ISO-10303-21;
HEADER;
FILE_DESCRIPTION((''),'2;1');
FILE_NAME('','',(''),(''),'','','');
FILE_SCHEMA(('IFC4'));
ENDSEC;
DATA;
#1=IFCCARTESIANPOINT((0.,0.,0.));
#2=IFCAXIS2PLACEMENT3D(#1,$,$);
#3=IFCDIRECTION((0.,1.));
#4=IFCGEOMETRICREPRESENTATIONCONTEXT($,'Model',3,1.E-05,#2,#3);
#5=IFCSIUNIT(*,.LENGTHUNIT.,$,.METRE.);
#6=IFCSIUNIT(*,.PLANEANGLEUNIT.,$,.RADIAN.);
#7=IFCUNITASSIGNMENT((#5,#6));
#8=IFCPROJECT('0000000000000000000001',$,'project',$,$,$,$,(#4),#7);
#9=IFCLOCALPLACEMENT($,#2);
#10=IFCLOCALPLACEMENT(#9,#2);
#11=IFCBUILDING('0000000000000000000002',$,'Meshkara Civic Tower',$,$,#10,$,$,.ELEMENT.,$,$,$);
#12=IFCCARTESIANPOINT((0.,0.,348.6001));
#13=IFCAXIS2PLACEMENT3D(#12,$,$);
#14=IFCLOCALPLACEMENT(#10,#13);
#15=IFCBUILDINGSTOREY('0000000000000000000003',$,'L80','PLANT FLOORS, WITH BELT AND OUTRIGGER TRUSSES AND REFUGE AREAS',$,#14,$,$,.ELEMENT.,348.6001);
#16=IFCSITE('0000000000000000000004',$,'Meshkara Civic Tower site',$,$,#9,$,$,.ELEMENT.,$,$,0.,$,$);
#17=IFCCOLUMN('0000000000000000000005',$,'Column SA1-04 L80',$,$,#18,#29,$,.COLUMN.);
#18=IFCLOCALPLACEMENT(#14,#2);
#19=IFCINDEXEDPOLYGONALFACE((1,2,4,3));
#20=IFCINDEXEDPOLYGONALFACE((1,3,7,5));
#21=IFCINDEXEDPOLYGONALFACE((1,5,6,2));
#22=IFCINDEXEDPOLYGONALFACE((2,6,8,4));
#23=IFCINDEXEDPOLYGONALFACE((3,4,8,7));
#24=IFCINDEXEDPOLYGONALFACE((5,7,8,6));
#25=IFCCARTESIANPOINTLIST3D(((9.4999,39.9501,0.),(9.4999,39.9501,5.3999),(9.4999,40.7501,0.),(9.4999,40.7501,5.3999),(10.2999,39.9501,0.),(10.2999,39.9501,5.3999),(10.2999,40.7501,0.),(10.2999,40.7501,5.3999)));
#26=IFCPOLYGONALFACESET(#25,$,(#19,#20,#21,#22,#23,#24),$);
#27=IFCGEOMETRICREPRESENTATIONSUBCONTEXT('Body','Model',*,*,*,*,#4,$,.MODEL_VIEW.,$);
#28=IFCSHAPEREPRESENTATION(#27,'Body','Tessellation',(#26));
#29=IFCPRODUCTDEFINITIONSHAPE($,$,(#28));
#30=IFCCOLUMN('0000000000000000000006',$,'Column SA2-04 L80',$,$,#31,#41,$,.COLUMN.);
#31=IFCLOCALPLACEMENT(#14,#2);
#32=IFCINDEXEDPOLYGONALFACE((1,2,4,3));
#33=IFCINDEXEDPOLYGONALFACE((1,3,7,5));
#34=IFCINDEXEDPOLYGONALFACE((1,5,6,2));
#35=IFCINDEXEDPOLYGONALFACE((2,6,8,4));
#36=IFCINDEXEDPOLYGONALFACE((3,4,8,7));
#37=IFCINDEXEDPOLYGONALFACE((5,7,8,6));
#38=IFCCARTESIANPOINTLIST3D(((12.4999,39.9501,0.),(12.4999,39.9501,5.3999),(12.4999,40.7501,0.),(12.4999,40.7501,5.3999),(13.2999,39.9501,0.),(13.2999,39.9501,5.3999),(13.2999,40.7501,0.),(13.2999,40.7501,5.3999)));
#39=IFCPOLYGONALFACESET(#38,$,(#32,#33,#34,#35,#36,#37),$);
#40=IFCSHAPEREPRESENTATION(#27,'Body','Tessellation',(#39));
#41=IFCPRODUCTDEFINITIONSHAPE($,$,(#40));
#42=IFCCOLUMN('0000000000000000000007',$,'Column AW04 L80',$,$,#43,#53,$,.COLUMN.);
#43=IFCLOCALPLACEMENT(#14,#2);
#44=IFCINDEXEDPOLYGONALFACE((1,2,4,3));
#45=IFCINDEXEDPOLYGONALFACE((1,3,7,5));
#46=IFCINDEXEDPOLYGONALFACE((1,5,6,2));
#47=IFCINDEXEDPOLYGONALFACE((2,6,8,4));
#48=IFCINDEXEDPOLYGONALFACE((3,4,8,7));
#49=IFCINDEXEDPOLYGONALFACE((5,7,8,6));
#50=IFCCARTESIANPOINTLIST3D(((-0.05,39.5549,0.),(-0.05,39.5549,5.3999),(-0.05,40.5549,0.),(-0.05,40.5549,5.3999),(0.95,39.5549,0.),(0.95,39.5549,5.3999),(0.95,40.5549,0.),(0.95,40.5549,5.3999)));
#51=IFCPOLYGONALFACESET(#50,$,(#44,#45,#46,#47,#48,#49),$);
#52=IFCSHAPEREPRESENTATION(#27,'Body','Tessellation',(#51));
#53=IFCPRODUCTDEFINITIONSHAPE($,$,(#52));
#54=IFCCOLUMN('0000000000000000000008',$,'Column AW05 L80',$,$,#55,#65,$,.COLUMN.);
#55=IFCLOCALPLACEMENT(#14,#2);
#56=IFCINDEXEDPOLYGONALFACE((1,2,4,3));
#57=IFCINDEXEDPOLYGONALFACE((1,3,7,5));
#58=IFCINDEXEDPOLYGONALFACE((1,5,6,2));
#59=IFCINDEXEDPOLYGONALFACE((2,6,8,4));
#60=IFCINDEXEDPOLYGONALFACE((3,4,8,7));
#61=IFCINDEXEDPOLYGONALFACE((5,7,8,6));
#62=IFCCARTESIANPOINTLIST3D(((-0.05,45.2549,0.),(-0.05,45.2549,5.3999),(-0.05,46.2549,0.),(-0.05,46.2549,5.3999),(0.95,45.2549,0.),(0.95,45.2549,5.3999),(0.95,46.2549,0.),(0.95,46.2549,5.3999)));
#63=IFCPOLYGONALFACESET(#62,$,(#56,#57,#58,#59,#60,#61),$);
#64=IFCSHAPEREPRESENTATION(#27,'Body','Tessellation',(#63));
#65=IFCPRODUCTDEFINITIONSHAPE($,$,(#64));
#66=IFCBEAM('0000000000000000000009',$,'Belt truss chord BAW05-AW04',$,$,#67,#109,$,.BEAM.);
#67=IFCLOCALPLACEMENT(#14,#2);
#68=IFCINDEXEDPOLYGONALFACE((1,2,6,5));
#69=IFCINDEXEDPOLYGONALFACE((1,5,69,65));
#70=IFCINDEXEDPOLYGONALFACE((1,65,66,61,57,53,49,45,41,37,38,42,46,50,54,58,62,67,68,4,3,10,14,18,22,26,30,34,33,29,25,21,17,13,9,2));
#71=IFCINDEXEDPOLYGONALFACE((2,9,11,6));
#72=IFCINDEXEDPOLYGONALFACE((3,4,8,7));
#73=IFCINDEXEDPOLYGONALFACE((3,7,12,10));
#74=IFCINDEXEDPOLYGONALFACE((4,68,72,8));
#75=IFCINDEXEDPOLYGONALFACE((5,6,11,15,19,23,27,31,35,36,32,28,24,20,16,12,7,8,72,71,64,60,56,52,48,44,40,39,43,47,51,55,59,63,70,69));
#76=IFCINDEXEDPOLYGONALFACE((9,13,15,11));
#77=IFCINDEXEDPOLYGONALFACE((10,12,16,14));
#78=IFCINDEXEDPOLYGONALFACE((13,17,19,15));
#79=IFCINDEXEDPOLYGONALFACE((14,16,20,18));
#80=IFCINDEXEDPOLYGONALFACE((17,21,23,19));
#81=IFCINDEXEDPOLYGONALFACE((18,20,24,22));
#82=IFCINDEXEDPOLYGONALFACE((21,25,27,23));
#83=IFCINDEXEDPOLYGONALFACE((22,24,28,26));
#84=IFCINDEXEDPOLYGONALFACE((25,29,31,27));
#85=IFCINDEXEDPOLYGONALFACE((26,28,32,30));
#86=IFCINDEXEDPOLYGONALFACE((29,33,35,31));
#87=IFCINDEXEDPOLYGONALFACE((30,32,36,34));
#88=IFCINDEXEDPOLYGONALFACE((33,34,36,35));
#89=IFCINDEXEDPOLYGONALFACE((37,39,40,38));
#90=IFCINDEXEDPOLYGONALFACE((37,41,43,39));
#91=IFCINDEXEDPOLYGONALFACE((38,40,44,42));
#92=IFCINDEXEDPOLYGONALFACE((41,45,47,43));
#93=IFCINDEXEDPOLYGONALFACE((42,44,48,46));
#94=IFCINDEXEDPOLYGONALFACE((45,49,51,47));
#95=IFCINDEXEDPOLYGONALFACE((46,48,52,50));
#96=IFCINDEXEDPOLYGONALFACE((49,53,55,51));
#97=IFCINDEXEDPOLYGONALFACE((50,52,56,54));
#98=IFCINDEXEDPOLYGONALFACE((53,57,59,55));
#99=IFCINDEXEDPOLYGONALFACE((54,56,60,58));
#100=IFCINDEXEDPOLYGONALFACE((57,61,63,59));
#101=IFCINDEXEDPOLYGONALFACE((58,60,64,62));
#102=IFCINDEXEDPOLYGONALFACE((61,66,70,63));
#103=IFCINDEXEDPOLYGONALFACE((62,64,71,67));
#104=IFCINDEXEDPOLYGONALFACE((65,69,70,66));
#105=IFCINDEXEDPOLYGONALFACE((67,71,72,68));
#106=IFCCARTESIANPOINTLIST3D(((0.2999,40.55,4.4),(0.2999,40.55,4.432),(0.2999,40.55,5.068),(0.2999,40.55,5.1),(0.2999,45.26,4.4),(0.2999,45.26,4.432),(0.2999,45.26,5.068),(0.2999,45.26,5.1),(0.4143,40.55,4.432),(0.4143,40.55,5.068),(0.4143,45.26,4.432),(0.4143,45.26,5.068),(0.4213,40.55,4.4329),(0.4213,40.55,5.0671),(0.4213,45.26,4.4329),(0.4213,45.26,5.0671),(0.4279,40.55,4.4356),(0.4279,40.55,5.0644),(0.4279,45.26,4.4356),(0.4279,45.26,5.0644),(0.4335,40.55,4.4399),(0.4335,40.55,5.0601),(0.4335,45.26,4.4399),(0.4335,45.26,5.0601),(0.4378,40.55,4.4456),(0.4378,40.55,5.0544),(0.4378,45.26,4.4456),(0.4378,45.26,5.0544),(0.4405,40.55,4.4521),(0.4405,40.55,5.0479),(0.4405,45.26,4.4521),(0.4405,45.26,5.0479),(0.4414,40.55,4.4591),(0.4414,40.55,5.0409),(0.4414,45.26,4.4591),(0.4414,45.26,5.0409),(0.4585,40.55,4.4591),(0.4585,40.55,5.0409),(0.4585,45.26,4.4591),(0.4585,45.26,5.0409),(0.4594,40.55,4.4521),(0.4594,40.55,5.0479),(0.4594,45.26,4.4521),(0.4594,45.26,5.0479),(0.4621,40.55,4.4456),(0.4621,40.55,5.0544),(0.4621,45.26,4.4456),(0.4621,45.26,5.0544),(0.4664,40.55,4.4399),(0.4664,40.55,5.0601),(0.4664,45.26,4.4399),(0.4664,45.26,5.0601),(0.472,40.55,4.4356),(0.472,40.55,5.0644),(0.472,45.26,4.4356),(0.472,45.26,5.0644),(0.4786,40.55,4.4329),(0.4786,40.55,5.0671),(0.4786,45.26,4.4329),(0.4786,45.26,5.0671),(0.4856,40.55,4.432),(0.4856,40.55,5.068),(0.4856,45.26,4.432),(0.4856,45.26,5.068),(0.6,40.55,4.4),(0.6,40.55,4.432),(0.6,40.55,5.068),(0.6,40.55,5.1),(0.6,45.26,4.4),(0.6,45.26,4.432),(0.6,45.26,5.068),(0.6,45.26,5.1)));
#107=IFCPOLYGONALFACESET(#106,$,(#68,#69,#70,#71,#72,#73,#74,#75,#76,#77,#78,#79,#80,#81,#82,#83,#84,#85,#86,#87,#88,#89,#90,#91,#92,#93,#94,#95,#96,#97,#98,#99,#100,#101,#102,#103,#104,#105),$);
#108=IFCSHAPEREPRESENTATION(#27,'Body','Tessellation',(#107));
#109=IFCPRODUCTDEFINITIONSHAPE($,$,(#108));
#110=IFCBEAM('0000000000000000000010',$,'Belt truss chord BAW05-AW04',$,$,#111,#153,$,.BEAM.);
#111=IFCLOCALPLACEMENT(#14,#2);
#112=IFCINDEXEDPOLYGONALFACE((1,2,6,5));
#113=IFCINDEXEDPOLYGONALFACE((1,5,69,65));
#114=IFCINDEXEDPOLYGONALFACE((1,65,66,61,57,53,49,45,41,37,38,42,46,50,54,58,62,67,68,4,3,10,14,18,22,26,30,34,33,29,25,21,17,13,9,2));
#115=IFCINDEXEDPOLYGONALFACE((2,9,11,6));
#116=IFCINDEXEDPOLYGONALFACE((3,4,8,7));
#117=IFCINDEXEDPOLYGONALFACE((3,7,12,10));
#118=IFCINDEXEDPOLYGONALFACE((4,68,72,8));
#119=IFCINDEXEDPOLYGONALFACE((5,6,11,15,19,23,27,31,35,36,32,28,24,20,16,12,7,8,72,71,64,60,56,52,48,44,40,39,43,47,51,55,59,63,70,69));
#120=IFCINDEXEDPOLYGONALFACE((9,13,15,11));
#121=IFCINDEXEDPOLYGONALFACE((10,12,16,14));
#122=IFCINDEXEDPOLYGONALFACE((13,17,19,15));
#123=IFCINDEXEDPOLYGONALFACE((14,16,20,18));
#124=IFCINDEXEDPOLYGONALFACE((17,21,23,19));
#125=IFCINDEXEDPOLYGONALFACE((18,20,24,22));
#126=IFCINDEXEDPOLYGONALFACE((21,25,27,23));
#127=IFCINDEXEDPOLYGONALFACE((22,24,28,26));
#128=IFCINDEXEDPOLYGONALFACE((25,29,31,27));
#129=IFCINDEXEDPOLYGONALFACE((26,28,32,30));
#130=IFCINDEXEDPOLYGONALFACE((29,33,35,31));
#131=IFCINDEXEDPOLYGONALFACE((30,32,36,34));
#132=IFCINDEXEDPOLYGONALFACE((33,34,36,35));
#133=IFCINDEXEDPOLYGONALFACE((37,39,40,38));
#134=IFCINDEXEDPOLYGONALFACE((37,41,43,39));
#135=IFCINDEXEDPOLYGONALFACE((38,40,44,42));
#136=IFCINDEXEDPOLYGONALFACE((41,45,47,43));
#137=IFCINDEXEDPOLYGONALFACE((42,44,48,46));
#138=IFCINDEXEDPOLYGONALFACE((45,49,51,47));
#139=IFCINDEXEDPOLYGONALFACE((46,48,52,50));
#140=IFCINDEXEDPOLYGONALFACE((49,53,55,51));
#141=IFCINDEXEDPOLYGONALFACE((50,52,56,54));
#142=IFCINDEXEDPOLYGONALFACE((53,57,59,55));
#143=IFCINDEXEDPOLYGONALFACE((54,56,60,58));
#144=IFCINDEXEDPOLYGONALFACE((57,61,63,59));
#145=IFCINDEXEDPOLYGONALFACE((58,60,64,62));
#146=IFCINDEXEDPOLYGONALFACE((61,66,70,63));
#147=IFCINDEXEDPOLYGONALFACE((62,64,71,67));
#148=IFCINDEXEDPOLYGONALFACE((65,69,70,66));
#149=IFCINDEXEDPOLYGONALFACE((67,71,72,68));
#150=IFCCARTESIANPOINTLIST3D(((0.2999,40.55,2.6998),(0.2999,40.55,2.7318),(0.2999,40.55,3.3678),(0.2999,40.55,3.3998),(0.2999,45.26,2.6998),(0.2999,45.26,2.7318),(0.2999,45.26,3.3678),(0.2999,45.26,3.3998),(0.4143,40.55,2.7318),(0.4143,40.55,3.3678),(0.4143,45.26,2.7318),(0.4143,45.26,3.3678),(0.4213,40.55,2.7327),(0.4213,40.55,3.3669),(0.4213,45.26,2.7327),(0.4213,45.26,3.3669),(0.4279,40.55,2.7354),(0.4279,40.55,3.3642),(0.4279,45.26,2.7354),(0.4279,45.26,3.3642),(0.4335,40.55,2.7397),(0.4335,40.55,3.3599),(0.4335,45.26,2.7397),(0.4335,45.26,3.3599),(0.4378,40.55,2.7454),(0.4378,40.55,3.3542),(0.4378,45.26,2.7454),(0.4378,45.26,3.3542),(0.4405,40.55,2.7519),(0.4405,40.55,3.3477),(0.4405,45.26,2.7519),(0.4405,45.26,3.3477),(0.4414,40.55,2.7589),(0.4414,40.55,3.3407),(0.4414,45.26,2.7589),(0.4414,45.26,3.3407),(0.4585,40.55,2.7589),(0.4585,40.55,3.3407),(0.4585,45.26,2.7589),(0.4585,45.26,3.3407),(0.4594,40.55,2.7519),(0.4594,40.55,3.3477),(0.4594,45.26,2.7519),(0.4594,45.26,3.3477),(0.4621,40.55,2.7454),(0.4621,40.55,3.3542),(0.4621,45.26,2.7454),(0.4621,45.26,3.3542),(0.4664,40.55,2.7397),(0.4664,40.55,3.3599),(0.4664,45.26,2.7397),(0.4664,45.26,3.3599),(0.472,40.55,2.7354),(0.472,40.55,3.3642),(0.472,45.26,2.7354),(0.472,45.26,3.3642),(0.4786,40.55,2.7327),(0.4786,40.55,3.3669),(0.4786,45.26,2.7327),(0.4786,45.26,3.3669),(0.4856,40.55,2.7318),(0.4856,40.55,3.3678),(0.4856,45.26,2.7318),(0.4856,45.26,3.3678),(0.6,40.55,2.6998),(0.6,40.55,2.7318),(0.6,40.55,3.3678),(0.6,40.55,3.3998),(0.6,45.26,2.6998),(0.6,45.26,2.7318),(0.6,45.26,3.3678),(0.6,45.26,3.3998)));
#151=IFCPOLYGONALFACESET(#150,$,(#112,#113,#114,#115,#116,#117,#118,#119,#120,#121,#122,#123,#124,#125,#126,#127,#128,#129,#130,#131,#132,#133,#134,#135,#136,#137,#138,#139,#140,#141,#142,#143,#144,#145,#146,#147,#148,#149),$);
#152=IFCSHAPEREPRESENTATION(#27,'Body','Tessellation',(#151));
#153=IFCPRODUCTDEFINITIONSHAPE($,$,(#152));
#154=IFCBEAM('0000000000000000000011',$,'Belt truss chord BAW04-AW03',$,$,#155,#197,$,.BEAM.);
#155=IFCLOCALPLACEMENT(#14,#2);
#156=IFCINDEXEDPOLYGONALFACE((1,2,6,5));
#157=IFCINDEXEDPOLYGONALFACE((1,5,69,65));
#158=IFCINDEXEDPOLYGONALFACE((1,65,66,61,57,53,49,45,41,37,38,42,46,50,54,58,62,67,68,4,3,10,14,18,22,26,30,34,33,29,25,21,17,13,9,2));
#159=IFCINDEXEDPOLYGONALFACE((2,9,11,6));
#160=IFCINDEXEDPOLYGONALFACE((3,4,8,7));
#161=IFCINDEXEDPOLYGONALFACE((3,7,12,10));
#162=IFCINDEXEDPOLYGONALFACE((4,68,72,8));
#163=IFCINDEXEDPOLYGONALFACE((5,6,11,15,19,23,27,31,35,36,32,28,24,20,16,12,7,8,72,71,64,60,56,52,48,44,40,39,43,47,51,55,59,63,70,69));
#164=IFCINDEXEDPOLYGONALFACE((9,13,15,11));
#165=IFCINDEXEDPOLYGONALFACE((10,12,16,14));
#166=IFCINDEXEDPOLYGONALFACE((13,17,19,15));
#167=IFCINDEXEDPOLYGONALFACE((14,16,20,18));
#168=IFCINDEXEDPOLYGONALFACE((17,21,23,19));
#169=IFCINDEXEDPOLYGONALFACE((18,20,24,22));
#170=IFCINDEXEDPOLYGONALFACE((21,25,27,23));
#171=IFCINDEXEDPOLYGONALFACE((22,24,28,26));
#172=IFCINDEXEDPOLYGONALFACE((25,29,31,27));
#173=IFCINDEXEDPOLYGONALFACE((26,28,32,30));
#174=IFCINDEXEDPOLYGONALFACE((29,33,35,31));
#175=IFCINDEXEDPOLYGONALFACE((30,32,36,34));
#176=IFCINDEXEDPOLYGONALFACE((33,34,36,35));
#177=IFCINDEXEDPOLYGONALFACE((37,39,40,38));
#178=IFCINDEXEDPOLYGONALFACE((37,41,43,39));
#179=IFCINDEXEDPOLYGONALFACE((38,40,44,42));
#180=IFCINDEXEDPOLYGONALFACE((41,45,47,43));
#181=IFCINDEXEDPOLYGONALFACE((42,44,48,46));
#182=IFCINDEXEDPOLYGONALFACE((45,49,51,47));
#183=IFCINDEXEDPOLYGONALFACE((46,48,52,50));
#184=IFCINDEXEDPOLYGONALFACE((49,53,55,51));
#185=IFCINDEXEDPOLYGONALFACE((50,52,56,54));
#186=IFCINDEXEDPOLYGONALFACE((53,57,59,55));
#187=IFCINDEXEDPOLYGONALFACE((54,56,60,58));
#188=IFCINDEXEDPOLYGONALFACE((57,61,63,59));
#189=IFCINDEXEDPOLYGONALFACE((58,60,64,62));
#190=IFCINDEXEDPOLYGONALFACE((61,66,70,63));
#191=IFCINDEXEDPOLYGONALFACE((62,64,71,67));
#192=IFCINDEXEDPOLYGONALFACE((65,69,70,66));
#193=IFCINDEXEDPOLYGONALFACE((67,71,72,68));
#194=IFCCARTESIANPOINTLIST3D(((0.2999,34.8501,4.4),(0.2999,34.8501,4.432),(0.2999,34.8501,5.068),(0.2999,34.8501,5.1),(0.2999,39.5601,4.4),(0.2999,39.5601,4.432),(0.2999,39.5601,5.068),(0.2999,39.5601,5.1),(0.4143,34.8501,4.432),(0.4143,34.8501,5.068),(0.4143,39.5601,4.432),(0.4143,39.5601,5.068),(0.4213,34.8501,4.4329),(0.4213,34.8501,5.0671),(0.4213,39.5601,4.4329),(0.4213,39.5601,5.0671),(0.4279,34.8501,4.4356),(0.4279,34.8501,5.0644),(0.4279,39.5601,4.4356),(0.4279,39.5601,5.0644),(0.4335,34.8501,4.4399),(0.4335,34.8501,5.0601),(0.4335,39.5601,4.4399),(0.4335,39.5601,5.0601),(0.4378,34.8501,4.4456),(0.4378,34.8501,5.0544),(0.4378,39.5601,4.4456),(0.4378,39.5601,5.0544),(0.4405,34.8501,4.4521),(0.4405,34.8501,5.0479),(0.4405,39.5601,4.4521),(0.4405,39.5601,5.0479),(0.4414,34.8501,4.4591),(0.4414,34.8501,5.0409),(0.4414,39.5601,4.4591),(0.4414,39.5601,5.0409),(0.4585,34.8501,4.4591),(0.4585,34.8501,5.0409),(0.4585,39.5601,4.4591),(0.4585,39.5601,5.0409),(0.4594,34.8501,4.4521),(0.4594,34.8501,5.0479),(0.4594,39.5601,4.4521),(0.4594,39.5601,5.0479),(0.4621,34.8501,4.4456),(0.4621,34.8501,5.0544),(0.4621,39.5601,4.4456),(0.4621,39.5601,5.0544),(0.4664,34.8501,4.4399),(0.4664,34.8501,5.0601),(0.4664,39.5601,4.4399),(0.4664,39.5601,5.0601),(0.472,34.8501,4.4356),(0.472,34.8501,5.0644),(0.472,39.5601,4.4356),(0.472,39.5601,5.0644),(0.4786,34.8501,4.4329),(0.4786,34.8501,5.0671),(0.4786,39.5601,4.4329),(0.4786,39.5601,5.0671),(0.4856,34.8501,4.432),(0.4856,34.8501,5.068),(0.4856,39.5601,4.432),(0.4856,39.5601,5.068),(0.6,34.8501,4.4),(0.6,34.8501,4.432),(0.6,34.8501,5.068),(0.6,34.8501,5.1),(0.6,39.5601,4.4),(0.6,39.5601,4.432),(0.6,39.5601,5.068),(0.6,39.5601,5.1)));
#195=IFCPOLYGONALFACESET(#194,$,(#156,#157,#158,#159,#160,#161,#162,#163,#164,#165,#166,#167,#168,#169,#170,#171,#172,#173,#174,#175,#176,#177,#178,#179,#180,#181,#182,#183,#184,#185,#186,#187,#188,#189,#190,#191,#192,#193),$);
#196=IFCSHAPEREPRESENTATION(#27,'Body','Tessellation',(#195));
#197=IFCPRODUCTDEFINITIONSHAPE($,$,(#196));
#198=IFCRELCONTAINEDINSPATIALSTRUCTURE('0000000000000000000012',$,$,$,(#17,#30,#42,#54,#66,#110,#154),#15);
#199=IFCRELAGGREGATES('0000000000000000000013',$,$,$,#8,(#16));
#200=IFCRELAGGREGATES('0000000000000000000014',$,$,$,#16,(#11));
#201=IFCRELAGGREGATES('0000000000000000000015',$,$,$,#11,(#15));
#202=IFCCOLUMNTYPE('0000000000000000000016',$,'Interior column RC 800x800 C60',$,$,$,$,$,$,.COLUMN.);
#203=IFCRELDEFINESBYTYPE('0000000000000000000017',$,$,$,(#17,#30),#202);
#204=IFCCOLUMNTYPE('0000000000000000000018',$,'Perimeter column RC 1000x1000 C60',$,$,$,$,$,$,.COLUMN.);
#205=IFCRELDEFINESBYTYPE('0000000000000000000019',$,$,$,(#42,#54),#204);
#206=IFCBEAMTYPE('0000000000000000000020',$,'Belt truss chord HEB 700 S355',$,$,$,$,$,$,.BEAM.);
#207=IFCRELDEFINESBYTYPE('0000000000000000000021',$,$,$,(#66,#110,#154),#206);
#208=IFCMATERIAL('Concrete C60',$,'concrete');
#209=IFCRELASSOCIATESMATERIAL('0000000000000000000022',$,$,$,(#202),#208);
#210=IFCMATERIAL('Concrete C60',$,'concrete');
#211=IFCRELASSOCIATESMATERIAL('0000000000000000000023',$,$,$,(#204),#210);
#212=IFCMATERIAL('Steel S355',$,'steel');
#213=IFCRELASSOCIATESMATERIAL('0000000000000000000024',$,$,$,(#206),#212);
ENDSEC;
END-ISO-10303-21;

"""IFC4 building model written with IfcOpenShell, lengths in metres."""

from ifc_helpers import new_model, si_unit, direction, frame, origin, origin_2d, place, context, subcontext, project, spatial, rectangle, i_section, extrude, material, material_profile, profile_set, type_object, element, save


model = new_model("IFC4")

# Units and contexts
model_context = context("Model", 3, precision=1e-05, world=origin(), true_north=direction((0.0, 1.0)))
body_context = subcontext(model_context, "Body", "Model", "MODEL_VIEW")
ifc_project = project(units=[si_unit("LENGTHUNIT", "METRE"), si_unit("PLANEANGLEUNIT", "RADIAN")], contexts=[model_context])

# Site, building, storey
site_placement = place(None, origin())
site = spatial("IfcSite", under=ifc_project, at=site_placement, Name="Meshkara Civic Tower site", CompositionType="ELEMENT", RefElevation=0.0)
building_placement = place(site_placement, origin())
building = spatial("IfcBuilding", under=site, at=building_placement, Name="Meshkara Civic Tower", CompositionType="ELEMENT")
storey_placement = place(building_placement, frame((0.0, 0.0, 348.6001)))
storey = spatial("IfcBuildingStorey", under=building, at=storey_placement, Name="L80", Description="PLANT FLOORS, WITH BELT AND OUTRIGGER TRUSSES AND REFUGE AREAS", CompositionType="ELEMENT", Elevation=348.6001)

# Columns
ifc_material_1 = material(Name="Concrete C60", Category="concrete")
ifc_material_profile_1 = material_profile(ifc_material_1, rectangle(XDim=0.8, YDim=0.8, at=origin_2d()))
ifc_profile_set_1 = profile_set([ifc_material_profile_1], Name="Concrete C60")
column_type_1 = type_object("IfcColumnType", Name="Interior column RC 800x800 C60", PredefinedType="COLUMN", material=ifc_profile_set_1)
for number, where, z_axis, x_axis, name in (
    (1, (9.8999, 40.3501, 0.0), (0.0, 0.0, 1.0), (1.0, 0.0, 0.0), "Column SA1-04 L80"),
    (2, (12.8999, 40.3501, 0.0), (0.0, 0.0, 1.0), (1.0, 0.0, 0.0), "Column SA2-04 L80"),
):
    element("IfcColumn", number, at=place(storey_placement, frame(where, z_axis=z_axis, x_axis=x_axis)), inside=storey, type_object=column_type_1, Name=name, PredefinedType="COLUMN", context=body_context, shape_type="SweptSolid", body=[
        extrude(rectangle(XDim=0.8, YDim=0.8, at=origin_2d()), origin(), (0.0, 0.0, 1.0), 5.3999),
    ])
ifc_material_2 = material(Name="Concrete C60", Category="concrete")
ifc_material_profile_2 = material_profile(ifc_material_2, rectangle(XDim=1.0, YDim=1.0, at=origin_2d()))
ifc_profile_set_2 = profile_set([ifc_material_profile_2], Name="Concrete C60")
column_type_2 = type_object("IfcColumnType", Name="Perimeter column RC 1000x1000 C60", PredefinedType="COLUMN", material=ifc_profile_set_2)
for number, where, z_axis, x_axis, name in (
    (3, (0.45, 40.0549, 0.0), (0.0, 0.0, 1.0), (1.0, 0.0, 0.0), "Column AW04 L80"),
    (4, (0.45, 45.7549, 0.0), (0.0, 0.0, 1.0), (1.0, 0.0, 0.0), "Column AW05 L80"),
):
    element("IfcColumn", number, at=place(storey_placement, frame(where, z_axis=z_axis, x_axis=x_axis)), inside=storey, type_object=column_type_2, Name=name, PredefinedType="COLUMN", context=body_context, shape_type="SweptSolid", body=[
        extrude(rectangle(XDim=1.0, YDim=1.0, at=origin_2d()), origin(), (0.0, 0.0, 1.0), 5.3999),
    ])

# Beams
ifc_material_3 = material(Name="Steel S355", Category="steel")
ifc_material_profile_3 = material_profile(ifc_material_3, i_section(OverallWidth=0.3, OverallDepth=0.7, WebThickness=0.0171, FlangeThickness=0.032, FilletRadius=0.0271, at=origin_2d()))
ifc_profile_set_3 = profile_set([ifc_material_profile_3], Name="Steel S355")
beam_type = type_object("IfcBeamType", Name="Belt truss chord HEB 700 S355", PredefinedType="BEAM", material=ifc_profile_set_3)
for number, where, z_axis, x_axis, name in (
    (5, (0.45, 45.26, 4.75), (0.0, -1.0, 0.0), (1.0, 0.0, 0.0), "Belt truss chord BAW05-AW04"),
    (6, (0.45, 45.26, 3.0498), (0.0, -1.0, 0.0), (1.0, 0.0, 0.0), "Belt truss chord BAW05-AW04"),
    (7, (0.45, 39.5601, 4.75), (0.0, -1.0, 0.0), (1.0, 0.0, 0.0), "Belt truss chord BAW04-AW03"),
):
    element("IfcBeam", number, at=place(storey_placement, frame(where, z_axis=z_axis, x_axis=x_axis)), inside=storey, type_object=beam_type, Name=name, PredefinedType="BEAM", context=body_context, shape_type="SweptSolid", body=[
        extrude(i_section(OverallWidth=0.3, OverallDepth=0.7, WebThickness=0.0171, FlangeThickness=0.032, FilletRadius=0.0271, at=origin_2d()), origin(), (0.0, 0.0, 1.0), 4.71),
    ])

save(model, "model.ifc")
